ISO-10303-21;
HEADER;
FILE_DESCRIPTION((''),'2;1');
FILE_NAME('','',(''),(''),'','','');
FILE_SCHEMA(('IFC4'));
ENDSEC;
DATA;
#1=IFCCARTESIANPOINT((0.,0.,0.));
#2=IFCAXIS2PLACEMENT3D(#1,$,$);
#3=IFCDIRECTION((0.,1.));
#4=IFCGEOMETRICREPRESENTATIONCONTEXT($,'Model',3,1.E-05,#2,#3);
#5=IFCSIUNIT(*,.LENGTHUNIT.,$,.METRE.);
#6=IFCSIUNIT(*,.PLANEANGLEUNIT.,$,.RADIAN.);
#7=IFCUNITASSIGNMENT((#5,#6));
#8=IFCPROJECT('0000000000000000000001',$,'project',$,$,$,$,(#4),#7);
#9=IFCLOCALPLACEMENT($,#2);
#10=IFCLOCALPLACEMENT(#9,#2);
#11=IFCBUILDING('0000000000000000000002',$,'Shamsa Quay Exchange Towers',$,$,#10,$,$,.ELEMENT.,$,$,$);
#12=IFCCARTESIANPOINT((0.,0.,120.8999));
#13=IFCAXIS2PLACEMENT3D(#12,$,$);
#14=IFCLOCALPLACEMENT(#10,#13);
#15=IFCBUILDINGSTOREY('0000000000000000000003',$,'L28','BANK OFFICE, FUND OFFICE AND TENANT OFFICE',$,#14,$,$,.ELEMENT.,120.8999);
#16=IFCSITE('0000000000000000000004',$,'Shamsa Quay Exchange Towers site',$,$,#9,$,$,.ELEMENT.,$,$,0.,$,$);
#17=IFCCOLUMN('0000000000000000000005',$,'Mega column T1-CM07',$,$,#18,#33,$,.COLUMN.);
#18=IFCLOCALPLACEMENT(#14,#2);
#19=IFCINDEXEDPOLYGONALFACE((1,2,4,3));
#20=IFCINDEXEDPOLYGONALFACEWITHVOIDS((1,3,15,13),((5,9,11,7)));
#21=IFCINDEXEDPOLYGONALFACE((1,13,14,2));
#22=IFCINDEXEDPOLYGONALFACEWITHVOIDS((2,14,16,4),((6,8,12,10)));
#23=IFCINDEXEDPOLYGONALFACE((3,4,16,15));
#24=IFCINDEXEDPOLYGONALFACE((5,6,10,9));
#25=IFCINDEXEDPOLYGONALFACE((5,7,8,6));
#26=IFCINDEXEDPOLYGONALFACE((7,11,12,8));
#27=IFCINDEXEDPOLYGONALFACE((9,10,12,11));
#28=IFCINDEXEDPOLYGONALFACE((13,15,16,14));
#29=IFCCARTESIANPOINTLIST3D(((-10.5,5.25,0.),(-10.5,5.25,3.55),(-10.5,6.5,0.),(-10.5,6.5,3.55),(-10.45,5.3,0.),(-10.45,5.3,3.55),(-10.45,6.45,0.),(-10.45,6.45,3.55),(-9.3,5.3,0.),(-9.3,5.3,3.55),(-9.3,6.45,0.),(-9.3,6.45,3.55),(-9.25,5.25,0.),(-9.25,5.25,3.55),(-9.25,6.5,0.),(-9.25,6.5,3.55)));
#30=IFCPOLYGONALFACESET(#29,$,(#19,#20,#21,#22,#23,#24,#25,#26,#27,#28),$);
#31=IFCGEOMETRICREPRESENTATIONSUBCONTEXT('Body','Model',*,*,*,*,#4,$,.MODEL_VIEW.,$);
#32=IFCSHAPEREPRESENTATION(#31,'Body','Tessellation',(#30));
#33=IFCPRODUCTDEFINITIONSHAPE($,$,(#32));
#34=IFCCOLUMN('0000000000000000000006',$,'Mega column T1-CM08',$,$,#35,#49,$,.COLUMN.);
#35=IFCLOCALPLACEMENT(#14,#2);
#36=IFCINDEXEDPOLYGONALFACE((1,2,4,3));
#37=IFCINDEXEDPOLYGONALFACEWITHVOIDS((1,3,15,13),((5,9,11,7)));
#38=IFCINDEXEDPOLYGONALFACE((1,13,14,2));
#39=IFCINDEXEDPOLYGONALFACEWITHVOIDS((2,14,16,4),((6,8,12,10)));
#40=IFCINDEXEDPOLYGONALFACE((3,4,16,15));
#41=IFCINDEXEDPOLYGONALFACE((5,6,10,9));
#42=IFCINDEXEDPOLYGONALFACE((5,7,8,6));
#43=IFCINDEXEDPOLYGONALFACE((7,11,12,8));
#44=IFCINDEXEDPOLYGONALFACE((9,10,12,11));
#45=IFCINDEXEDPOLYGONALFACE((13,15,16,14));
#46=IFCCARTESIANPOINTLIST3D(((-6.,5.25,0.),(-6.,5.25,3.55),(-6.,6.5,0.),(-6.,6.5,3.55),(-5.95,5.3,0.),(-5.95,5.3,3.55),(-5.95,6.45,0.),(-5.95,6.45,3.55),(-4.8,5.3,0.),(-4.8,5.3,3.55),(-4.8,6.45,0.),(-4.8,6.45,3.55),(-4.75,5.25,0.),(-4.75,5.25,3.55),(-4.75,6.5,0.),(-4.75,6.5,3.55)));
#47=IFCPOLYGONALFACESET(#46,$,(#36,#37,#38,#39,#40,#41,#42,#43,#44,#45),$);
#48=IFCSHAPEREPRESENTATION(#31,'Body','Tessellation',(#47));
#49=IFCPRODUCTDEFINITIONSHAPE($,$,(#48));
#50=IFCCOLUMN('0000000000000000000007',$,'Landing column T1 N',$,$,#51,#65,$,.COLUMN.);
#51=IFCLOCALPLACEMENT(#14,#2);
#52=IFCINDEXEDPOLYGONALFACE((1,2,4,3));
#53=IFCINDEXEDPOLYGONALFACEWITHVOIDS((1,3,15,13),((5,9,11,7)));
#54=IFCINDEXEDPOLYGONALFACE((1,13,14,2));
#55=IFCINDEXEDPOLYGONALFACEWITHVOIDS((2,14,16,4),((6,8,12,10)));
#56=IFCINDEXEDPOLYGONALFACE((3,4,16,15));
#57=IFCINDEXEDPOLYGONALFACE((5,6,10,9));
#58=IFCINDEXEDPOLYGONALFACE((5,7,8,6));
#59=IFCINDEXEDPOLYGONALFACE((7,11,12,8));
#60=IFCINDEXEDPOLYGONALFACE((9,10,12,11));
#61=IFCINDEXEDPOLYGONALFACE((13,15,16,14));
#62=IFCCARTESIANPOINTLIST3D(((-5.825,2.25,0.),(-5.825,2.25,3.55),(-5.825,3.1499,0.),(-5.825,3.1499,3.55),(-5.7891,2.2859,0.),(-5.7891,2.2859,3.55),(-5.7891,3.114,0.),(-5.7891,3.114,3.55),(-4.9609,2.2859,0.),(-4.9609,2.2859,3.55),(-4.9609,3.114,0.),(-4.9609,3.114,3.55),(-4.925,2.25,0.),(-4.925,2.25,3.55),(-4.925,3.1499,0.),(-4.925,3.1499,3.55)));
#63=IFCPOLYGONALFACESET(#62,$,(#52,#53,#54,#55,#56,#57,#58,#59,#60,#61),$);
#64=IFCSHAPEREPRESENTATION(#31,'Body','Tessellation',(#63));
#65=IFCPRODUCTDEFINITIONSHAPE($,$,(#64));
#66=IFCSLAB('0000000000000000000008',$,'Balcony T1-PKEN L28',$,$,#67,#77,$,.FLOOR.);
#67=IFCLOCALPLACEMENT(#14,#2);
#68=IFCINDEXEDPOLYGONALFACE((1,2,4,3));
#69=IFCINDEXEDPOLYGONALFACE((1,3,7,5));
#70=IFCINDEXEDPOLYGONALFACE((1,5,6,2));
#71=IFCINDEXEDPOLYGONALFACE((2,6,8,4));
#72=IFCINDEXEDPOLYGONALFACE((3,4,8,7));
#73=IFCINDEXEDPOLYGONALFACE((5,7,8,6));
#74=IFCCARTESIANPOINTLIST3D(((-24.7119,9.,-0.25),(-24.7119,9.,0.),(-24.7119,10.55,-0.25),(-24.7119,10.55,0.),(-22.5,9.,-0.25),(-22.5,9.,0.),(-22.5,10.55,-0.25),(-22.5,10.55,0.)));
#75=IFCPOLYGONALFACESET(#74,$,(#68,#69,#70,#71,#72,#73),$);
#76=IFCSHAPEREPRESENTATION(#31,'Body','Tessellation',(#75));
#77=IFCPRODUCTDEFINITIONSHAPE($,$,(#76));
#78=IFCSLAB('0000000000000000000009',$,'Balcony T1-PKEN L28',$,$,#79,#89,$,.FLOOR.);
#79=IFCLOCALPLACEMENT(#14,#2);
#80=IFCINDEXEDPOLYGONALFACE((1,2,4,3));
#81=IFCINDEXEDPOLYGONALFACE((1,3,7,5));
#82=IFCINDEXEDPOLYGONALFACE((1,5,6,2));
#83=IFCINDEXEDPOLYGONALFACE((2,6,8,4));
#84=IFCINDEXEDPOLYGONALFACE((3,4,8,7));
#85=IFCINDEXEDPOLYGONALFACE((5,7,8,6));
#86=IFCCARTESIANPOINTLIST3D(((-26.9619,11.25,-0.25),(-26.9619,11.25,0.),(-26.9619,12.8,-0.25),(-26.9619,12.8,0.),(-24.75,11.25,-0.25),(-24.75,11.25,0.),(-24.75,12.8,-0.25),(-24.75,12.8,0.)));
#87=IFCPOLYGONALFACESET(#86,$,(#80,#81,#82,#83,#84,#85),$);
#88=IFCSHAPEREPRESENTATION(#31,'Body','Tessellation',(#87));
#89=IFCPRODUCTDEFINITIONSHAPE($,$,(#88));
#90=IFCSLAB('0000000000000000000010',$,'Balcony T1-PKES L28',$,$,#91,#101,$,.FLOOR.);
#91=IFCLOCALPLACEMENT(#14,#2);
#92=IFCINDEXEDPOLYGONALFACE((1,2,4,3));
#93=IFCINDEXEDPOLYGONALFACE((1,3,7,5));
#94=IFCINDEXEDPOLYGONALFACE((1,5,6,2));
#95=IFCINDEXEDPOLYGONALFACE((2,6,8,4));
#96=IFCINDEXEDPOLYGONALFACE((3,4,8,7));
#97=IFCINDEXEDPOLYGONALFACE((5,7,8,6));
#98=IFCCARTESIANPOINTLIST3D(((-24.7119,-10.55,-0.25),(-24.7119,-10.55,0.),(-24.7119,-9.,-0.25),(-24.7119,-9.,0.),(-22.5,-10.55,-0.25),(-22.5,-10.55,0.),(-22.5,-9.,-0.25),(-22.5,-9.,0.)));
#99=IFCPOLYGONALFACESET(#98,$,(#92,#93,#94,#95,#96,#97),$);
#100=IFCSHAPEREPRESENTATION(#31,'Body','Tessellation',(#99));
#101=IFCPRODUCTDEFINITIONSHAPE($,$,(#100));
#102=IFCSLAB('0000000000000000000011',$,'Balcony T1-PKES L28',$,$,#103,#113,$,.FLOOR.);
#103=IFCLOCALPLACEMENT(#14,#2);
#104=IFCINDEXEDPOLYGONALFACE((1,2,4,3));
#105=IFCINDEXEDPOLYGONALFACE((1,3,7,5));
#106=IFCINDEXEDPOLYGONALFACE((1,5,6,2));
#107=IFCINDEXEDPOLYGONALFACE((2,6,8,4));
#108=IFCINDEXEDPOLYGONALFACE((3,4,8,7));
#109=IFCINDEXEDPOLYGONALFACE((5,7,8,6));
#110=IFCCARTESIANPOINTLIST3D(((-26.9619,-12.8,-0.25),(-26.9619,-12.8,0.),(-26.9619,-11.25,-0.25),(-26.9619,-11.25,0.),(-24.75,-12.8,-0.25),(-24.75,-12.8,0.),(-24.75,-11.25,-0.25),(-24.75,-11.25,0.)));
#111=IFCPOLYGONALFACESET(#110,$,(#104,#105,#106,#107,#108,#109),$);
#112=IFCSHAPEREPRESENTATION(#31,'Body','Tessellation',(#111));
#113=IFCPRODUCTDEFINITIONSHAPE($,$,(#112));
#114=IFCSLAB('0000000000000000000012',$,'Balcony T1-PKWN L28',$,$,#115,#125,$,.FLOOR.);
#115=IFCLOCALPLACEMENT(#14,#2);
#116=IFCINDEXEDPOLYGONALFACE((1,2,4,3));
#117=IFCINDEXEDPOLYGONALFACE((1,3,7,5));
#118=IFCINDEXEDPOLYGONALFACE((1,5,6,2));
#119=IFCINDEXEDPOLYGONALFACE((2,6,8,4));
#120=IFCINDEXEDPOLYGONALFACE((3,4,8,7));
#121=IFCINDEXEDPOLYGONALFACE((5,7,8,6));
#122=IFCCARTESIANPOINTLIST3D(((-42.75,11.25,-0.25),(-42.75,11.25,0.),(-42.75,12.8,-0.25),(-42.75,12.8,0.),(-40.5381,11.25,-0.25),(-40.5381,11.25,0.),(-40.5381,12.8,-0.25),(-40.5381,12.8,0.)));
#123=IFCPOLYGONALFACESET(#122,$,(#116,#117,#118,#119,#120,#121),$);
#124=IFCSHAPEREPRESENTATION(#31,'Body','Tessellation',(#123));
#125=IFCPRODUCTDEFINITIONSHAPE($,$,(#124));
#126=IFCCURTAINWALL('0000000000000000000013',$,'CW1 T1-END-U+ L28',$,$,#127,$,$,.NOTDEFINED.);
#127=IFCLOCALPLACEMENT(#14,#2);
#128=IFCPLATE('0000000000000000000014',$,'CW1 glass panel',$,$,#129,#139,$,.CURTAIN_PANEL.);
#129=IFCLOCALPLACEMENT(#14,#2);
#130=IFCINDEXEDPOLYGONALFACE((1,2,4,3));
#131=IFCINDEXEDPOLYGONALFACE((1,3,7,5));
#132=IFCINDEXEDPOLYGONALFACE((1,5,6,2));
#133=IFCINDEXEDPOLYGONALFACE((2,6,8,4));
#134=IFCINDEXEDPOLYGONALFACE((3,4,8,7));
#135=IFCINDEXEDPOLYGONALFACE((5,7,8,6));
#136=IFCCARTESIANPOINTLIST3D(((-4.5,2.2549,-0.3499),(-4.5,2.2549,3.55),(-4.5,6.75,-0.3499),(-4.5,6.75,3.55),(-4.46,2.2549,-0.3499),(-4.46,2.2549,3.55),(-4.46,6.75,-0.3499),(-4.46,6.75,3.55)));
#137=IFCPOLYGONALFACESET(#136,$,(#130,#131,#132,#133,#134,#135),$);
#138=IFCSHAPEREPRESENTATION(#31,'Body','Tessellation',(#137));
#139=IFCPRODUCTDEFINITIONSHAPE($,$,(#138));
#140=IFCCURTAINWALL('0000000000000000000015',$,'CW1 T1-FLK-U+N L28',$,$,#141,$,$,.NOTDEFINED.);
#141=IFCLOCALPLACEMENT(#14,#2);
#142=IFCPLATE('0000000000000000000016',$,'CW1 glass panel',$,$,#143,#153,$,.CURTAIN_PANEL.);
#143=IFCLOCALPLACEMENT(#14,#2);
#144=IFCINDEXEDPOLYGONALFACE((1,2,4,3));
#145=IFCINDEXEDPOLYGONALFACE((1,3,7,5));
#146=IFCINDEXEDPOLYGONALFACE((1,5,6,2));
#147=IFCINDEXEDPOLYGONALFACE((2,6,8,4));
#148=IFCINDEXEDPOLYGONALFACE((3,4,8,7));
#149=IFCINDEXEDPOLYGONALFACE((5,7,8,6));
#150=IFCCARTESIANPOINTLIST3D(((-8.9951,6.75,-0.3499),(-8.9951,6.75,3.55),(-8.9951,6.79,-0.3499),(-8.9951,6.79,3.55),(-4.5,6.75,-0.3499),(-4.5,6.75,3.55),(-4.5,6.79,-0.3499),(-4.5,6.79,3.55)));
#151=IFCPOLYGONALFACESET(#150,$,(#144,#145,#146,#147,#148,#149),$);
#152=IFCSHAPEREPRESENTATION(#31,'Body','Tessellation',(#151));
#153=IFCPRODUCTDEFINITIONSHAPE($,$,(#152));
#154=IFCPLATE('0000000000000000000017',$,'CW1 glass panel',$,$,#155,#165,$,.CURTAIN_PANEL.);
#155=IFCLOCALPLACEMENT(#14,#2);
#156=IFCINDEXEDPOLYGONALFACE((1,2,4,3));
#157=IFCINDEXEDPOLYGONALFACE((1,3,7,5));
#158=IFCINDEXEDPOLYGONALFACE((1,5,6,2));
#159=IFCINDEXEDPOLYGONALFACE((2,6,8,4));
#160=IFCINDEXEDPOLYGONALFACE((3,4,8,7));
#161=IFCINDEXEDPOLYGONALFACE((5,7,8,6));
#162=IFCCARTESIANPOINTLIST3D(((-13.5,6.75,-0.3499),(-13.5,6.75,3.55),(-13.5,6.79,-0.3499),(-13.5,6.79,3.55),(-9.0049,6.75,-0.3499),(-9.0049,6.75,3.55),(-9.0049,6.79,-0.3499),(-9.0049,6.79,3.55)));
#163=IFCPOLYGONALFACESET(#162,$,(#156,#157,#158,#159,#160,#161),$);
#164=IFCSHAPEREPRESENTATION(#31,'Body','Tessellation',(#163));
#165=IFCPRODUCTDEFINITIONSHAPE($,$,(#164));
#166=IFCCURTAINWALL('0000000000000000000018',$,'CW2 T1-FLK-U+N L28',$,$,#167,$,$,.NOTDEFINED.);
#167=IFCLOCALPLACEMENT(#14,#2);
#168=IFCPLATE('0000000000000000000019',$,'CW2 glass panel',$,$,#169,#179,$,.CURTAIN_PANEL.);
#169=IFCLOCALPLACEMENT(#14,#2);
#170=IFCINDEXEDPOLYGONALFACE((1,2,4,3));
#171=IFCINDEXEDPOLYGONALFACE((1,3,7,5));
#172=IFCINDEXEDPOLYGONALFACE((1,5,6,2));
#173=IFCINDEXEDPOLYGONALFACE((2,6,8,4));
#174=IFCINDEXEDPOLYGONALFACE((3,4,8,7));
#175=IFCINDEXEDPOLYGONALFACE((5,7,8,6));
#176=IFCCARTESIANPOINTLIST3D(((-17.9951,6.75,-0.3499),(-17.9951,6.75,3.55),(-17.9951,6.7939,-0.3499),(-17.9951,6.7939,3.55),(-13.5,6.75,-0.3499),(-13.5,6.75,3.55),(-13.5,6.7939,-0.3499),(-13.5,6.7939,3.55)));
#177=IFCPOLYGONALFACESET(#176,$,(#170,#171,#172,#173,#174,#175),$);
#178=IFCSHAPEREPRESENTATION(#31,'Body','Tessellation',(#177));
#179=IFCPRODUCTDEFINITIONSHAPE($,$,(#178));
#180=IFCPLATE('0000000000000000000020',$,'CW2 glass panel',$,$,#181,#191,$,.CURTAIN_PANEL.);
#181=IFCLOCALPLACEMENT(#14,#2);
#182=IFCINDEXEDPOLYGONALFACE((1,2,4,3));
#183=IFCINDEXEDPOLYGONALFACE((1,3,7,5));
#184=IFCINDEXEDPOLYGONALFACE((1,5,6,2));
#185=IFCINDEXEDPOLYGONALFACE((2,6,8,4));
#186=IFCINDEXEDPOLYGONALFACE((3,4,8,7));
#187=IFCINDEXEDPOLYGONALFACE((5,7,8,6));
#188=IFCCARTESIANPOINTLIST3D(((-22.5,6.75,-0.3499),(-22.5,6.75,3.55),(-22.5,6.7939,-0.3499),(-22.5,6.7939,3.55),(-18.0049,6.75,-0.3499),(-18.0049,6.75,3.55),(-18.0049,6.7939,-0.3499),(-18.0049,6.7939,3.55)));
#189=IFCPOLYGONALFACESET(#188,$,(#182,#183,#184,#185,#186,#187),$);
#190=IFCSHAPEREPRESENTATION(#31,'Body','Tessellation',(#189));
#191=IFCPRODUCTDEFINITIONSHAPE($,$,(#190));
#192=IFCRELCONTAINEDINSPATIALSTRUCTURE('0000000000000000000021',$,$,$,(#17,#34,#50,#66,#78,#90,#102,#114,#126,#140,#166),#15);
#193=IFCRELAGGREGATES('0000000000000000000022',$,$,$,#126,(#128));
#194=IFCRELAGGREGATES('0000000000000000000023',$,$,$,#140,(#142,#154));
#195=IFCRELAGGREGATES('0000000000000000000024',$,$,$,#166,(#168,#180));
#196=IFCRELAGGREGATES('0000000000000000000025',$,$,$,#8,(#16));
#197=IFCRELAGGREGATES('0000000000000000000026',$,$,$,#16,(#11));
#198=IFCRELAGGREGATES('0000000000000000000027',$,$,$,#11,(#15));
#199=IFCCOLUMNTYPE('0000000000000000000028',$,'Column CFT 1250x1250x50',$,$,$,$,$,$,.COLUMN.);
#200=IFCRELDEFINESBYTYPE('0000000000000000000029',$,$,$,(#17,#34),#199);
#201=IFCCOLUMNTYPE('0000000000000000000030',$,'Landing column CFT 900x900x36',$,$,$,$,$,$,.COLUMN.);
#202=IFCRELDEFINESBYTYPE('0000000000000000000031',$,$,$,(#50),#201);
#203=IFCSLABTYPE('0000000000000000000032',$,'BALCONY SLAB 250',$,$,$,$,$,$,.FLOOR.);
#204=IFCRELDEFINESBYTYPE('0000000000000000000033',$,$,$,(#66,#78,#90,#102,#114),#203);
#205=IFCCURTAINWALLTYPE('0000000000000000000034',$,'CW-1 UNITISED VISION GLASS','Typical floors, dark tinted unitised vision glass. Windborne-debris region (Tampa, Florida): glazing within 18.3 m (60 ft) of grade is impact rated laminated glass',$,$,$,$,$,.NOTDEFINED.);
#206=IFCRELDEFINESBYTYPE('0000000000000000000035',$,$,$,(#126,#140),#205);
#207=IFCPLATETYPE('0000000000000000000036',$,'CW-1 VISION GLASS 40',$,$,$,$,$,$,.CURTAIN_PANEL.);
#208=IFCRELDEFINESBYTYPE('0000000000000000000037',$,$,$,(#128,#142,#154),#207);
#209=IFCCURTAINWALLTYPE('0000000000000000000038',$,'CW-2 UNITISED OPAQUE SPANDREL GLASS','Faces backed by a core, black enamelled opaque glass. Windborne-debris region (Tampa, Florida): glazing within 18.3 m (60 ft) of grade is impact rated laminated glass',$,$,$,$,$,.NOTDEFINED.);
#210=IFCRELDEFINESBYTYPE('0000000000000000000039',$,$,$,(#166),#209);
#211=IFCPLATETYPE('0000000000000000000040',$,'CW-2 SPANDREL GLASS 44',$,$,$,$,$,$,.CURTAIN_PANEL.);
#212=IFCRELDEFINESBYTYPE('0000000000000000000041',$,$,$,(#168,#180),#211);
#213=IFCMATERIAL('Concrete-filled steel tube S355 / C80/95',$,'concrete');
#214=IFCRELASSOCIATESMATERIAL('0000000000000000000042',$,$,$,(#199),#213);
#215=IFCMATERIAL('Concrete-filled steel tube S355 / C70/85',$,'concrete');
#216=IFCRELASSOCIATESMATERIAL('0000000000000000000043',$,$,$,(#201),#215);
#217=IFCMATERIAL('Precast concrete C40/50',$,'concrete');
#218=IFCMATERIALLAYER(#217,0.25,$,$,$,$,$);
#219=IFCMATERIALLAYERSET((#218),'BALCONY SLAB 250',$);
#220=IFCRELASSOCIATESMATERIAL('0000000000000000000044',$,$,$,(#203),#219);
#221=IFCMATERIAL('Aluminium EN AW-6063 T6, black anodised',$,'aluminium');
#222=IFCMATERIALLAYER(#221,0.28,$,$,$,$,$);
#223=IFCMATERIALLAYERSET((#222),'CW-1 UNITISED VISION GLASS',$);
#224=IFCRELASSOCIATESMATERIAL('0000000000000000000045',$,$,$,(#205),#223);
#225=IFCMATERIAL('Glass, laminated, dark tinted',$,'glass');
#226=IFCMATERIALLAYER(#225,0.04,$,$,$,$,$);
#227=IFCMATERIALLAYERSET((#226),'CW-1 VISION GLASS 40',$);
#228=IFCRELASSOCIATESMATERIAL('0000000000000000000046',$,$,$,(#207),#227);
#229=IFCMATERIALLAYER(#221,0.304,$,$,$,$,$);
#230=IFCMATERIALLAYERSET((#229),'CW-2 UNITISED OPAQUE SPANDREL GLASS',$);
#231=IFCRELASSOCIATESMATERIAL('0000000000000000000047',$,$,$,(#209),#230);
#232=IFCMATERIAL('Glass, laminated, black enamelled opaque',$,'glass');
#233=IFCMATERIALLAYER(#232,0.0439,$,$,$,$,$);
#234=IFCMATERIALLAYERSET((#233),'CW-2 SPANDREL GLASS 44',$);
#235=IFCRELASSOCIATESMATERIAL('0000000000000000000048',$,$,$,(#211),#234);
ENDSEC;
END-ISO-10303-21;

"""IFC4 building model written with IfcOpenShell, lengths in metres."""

from ifc_helpers import new_model, si_unit, direction, frame, origin, origin_2d, place, context, subcontext, project, spatial, polyline, rectangle, hollow_rectangle, outline, extrude, material, layer, layer_set, material_profile, profile_set, type_object, element, aggregate, save


model = new_model("IFC4")

# Units and contexts
model_context = context("Model", 3, precision=1e-05, world=origin(), true_north=direction((0.0, 1.0)))
body_context = subcontext(model_context, "Body", "Model", "MODEL_VIEW")
ifc_project = project(units=[si_unit("LENGTHUNIT", "METRE"), si_unit("PLANEANGLEUNIT", "RADIAN")], contexts=[model_context])

# Site, building, storey
site_placement = place(None, origin())
site = spatial("IfcSite", under=ifc_project, at=site_placement, Name="Shamsa Quay Exchange Towers site", CompositionType="ELEMENT", RefElevation=0.0)
building_placement = place(site_placement, origin())
building = spatial("IfcBuilding", under=site, at=building_placement, Name="Shamsa Quay Exchange Towers", CompositionType="ELEMENT")
storey_placement = place(building_placement, frame((0.0, 0.0, 120.8999)))
storey = spatial("IfcBuildingStorey", under=building, at=storey_placement, Name="L28", Description="BANK OFFICE, FUND OFFICE AND TENANT OFFICE", CompositionType="ELEMENT", Elevation=120.8999)

# Columns
ifc_material_1 = material(Name="Concrete-filled steel tube S355 / C80/95", Category="concrete")
ifc_material_profile_1 = material_profile(ifc_material_1, hollow_rectangle(XDim=1.25, YDim=1.25, WallThickness=0.05, at=origin_2d()), Name="CFT 1250x1250x50")
ifc_profile_set_1 = profile_set([ifc_material_profile_1], Name="Concrete-filled steel tube S355 / C80/95")
column_type_1 = type_object("IfcColumnType", Name="Column CFT 1250x1250x50", PredefinedType="COLUMN", material=ifc_profile_set_1)
for number, where, name in (
    (1, (-9.875, 5.875, 0.0), "Mega column T1-CM07"),
    (2, (-5.375, 5.875, 0.0), "Mega column T1-CM08"),
):
    element("IfcColumn", number, at=place(storey_placement, frame(where)), inside=storey, type_object=column_type_1, Name=name, PredefinedType="COLUMN", context=body_context, shape_type="SweptSolid", body=[
        extrude(hollow_rectangle(XDim=1.25, YDim=1.25, WallThickness=0.05, at=origin_2d()), origin(), (0.0, 0.0, 1.0), 3.55),
    ])
ifc_material_2 = material(Name="Concrete-filled steel tube S355 / C70/85", Category="concrete")
ifc_material_profile_2 = material_profile(ifc_material_2, hollow_rectangle(XDim=0.8999, YDim=0.8999, WallThickness=0.0359, at=origin_2d()), Name="CFT 900x900x36")
ifc_profile_set_2 = profile_set([ifc_material_profile_2], Name="Concrete-filled steel tube S355 / C70/85")
column_type_2 = type_object("IfcColumnType", Name="Landing column CFT 900x900x36", PredefinedType="COLUMN", material=ifc_profile_set_2)
column_placement = place(storey_placement, frame((-5.375, 2.7, 0.0)))
element("IfcColumn", 3, at=column_placement, inside=storey, type_object=column_type_2, Name="Landing column T1 N", PredefinedType="COLUMN", context=body_context, shape_type="SweptSolid", body=[
    extrude(hollow_rectangle(XDim=0.8999, YDim=0.8999, WallThickness=0.0359, at=origin_2d()), origin(), (0.0, 0.0, 1.0), 3.55),
])

# Slabs
ifc_material_3 = material(Name="Precast concrete C40/50", Category="concrete")
ifc_layer_1 = layer(ifc_material_3, 0.25)
ifc_layer_set_1 = layer_set([ifc_layer_1], Name="BALCONY SLAB 250")
slab_type = type_object("IfcSlabType", Name="BALCONY SLAB 250", PredefinedType="FLOOR", material=ifc_layer_set_1)
slab_1_placement = place(storey_placement, frame((0.0, 0.0, -0.25)))
element("IfcSlab", 4, at=slab_1_placement, inside=storey, type_object=slab_type, Name="Balcony T1-PKEN L28", PredefinedType="FLOOR", context=body_context, shape_type="SweptSolid", body=[
    extrude(outline(polyline([(-22.5, 9.0), (-24.7119, 9.0), (-24.7119, 10.55), (-22.5, 10.55), (-22.5, 9.0)])), origin(), (0.0, 0.0, 1.0), 0.25),
])
slab_2_placement = place(storey_placement, frame((0.0, 0.0, -0.25)))
element("IfcSlab", 5, at=slab_2_placement, inside=storey, type_object=slab_type, Name="Balcony T1-PKEN L28", PredefinedType="FLOOR", context=body_context, shape_type="SweptSolid", body=[
    extrude(outline(polyline([(-24.75, 11.25), (-26.9619, 11.25), (-26.9619, 12.8), (-24.75, 12.8), (-24.75, 11.25)])), origin(), (0.0, 0.0, 1.0), 0.25),
])
slab_3_placement = place(storey_placement, frame((0.0, 0.0, -0.25)))
element("IfcSlab", 6, at=slab_3_placement, inside=storey, type_object=slab_type, Name="Balcony T1-PKES L28", PredefinedType="FLOOR", context=body_context, shape_type="SweptSolid", body=[
    extrude(outline(polyline([(-24.7119, -9.0), (-22.5, -9.0), (-22.5, -10.55), (-24.7119, -10.55), (-24.7119, -9.0)])), origin(), (0.0, 0.0, 1.0), 0.25),
])
slab_4_placement = place(storey_placement, frame((0.0, 0.0, -0.25)))
element("IfcSlab", 7, at=slab_4_placement, inside=storey, type_object=slab_type, Name="Balcony T1-PKES L28", PredefinedType="FLOOR", context=body_context, shape_type="SweptSolid", body=[
    extrude(outline(polyline([(-26.9619, -11.25), (-24.75, -11.25), (-24.75, -12.8), (-26.9619, -12.8), (-26.9619, -11.25)])), origin(), (0.0, 0.0, 1.0), 0.25),
])
slab_5_placement = place(storey_placement, frame((0.0, 0.0, -0.25)))
element("IfcSlab", 8, at=slab_5_placement, inside=storey, type_object=slab_type, Name="Balcony T1-PKWN L28", PredefinedType="FLOOR", context=body_context, shape_type="SweptSolid", body=[
    extrude(outline(polyline([(-40.5381, 11.25), (-42.75, 11.25), (-42.75, 12.8), (-40.5381, 12.8), (-40.5381, 11.25)])), origin(), (0.0, 0.0, 1.0), 0.25),
])

# Curtain wall, plate
ifc_material_4 = material(Name="Aluminium EN AW-6063 T6, black anodised", Category="aluminium")
ifc_layer_2 = layer(ifc_material_4, 0.28)
ifc_layer_set_2 = layer_set([ifc_layer_2], Name="CW-1 UNITISED VISION GLASS")
curtain_wall_type_1 = type_object("IfcCurtainWallType", Name="CW-1 UNITISED VISION GLASS", Description="Typical floors, dark tinted unitised vision glass. Windborne-debris region (Tampa, Florida): glazing within 18.3 m (60 ft) of grade is impact rated laminated glass", PredefinedType="NOTDEFINED", material=ifc_layer_set_2)
curtain_wall_1_placement = place(storey_placement, origin())
curtain_wall_1 = element("IfcCurtainWall", 9, at=curtain_wall_1_placement, inside=storey, type_object=curtain_wall_type_1, Name="CW1 T1-END-U+ L28", PredefinedType="NOTDEFINED")
ifc_material_5 = material(Name="Glass, laminated, dark tinted", Category="glass")
ifc_layer_3 = layer(ifc_material_5, 0.04)
ifc_layer_set_3 = layer_set([ifc_layer_3], Name="CW-1 VISION GLASS 40")
plate_type_1 = type_object("IfcPlateType", Name="CW-1 VISION GLASS 40", PredefinedType="CURTAIN_PANEL", material=ifc_layer_set_3)
plate_1_placement = place(storey_placement, frame((-4.48, 4.5024, -0.3499), z_axis=(0.0, 0.0, 1.0), x_axis=(0.0, 1.0, 0.0)))
plate_1 = element("IfcPlate", 10, at=plate_1_placement, type_object=plate_type_1, Name="CW1 glass panel", PredefinedType="CURTAIN_PANEL", context=body_context, shape_type="SweptSolid", body=[
    extrude(rectangle(XDim=4.4951, YDim=0.04, at=origin_2d()), origin(), (0.0, 0.0, 1.0), 3.8999),
])
aggregate(curtain_wall_1, [plate_1])

# Curtain walls, plates
curtain_wall_2_placement = place(storey_placement, origin())
curtain_wall_2 = element("IfcCurtainWall", 11, at=curtain_wall_2_placement, inside=storey, type_object=curtain_wall_type_1, Name="CW1 T1-FLK-U+N L28", PredefinedType="NOTDEFINED")
plate_2_placement = place(storey_placement, frame((-6.7476, 6.77, -0.3499), z_axis=(0.0, 0.0, 1.0), x_axis=(-1.0, 0.0, 0.0)))
plate_2 = element("IfcPlate", 12, at=plate_2_placement, type_object=plate_type_1, Name="CW1 glass panel", PredefinedType="CURTAIN_PANEL", context=body_context, shape_type="SweptSolid", body=[
    extrude(rectangle(XDim=4.4951, YDim=0.04, at=origin_2d()), origin(), (0.0, 0.0, 1.0), 3.8999),
])
plate_3_placement = place(storey_placement, frame((-11.2524, 6.77, -0.3499), z_axis=(0.0, 0.0, 1.0), x_axis=(-1.0, 0.0, 0.0)))
plate_3 = element("IfcPlate", 13, at=plate_3_placement, type_object=plate_type_1, Name="CW1 glass panel", PredefinedType="CURTAIN_PANEL", context=body_context, shape_type="SweptSolid", body=[
    extrude(rectangle(XDim=4.4951, YDim=0.04, at=origin_2d()), origin(), (0.0, 0.0, 1.0), 3.8999),
])
aggregate(curtain_wall_2, [plate_2, plate_3])
ifc_layer_4 = layer(ifc_material_4, 0.304)
ifc_layer_set_4 = layer_set([ifc_layer_4], Name="CW-2 UNITISED OPAQUE SPANDREL GLASS")
curtain_wall_type_2 = type_object("IfcCurtainWallType", Name="CW-2 UNITISED OPAQUE SPANDREL GLASS", Description="Faces backed by a core, black enamelled opaque glass. Windborne-debris region (Tampa, Florida): glazing within 18.3 m (60 ft) of grade is impact rated laminated glass", PredefinedType="NOTDEFINED", material=ifc_layer_set_4)
curtain_wall_3_placement = place(storey_placement, origin())
curtain_wall_3 = element("IfcCurtainWall", 14, at=curtain_wall_3_placement, inside=storey, type_object=curtain_wall_type_2, Name="CW2 T1-FLK-U+N L28", PredefinedType="NOTDEFINED")
ifc_material_6 = material(Name="Glass, laminated, black enamelled opaque", Category="glass")
ifc_layer_5 = layer(ifc_material_6, 0.0439)
ifc_layer_set_5 = layer_set([ifc_layer_5], Name="CW-2 SPANDREL GLASS 44")
plate_type_2 = type_object("IfcPlateType", Name="CW-2 SPANDREL GLASS 44", PredefinedType="CURTAIN_PANEL", material=ifc_layer_set_5)
plate_4_placement = place(storey_placement, frame((-15.7476, 6.772, -0.3499), z_axis=(0.0, 0.0, 1.0), x_axis=(-1.0, 0.0, 0.0)))
plate_4 = element("IfcPlate", 15, at=plate_4_placement, type_object=plate_type_2, Name="CW2 glass panel", PredefinedType="CURTAIN_PANEL", context=body_context, shape_type="SweptSolid", body=[
    extrude(rectangle(XDim=4.4951, YDim=0.0439, at=origin_2d()), origin(), (0.0, 0.0, 1.0), 3.8999),
])
plate_5_placement = place(storey_placement, frame((-20.2524, 6.772, -0.3499), z_axis=(0.0, 0.0, 1.0), x_axis=(-1.0, 0.0, 0.0)))
plate_5 = element("IfcPlate", 16, at=plate_5_placement, type_object=plate_type_2, Name="CW2 glass panel", PredefinedType="CURTAIN_PANEL", context=body_context, shape_type="SweptSolid", body=[
    extrude(rectangle(XDim=4.4951, YDim=0.0439, at=origin_2d()), origin(), (0.0, 0.0, 1.0), 3.8999),
])
aggregate(curtain_wall_3, [plate_4, plate_5])

save(model, "model.ifc")
